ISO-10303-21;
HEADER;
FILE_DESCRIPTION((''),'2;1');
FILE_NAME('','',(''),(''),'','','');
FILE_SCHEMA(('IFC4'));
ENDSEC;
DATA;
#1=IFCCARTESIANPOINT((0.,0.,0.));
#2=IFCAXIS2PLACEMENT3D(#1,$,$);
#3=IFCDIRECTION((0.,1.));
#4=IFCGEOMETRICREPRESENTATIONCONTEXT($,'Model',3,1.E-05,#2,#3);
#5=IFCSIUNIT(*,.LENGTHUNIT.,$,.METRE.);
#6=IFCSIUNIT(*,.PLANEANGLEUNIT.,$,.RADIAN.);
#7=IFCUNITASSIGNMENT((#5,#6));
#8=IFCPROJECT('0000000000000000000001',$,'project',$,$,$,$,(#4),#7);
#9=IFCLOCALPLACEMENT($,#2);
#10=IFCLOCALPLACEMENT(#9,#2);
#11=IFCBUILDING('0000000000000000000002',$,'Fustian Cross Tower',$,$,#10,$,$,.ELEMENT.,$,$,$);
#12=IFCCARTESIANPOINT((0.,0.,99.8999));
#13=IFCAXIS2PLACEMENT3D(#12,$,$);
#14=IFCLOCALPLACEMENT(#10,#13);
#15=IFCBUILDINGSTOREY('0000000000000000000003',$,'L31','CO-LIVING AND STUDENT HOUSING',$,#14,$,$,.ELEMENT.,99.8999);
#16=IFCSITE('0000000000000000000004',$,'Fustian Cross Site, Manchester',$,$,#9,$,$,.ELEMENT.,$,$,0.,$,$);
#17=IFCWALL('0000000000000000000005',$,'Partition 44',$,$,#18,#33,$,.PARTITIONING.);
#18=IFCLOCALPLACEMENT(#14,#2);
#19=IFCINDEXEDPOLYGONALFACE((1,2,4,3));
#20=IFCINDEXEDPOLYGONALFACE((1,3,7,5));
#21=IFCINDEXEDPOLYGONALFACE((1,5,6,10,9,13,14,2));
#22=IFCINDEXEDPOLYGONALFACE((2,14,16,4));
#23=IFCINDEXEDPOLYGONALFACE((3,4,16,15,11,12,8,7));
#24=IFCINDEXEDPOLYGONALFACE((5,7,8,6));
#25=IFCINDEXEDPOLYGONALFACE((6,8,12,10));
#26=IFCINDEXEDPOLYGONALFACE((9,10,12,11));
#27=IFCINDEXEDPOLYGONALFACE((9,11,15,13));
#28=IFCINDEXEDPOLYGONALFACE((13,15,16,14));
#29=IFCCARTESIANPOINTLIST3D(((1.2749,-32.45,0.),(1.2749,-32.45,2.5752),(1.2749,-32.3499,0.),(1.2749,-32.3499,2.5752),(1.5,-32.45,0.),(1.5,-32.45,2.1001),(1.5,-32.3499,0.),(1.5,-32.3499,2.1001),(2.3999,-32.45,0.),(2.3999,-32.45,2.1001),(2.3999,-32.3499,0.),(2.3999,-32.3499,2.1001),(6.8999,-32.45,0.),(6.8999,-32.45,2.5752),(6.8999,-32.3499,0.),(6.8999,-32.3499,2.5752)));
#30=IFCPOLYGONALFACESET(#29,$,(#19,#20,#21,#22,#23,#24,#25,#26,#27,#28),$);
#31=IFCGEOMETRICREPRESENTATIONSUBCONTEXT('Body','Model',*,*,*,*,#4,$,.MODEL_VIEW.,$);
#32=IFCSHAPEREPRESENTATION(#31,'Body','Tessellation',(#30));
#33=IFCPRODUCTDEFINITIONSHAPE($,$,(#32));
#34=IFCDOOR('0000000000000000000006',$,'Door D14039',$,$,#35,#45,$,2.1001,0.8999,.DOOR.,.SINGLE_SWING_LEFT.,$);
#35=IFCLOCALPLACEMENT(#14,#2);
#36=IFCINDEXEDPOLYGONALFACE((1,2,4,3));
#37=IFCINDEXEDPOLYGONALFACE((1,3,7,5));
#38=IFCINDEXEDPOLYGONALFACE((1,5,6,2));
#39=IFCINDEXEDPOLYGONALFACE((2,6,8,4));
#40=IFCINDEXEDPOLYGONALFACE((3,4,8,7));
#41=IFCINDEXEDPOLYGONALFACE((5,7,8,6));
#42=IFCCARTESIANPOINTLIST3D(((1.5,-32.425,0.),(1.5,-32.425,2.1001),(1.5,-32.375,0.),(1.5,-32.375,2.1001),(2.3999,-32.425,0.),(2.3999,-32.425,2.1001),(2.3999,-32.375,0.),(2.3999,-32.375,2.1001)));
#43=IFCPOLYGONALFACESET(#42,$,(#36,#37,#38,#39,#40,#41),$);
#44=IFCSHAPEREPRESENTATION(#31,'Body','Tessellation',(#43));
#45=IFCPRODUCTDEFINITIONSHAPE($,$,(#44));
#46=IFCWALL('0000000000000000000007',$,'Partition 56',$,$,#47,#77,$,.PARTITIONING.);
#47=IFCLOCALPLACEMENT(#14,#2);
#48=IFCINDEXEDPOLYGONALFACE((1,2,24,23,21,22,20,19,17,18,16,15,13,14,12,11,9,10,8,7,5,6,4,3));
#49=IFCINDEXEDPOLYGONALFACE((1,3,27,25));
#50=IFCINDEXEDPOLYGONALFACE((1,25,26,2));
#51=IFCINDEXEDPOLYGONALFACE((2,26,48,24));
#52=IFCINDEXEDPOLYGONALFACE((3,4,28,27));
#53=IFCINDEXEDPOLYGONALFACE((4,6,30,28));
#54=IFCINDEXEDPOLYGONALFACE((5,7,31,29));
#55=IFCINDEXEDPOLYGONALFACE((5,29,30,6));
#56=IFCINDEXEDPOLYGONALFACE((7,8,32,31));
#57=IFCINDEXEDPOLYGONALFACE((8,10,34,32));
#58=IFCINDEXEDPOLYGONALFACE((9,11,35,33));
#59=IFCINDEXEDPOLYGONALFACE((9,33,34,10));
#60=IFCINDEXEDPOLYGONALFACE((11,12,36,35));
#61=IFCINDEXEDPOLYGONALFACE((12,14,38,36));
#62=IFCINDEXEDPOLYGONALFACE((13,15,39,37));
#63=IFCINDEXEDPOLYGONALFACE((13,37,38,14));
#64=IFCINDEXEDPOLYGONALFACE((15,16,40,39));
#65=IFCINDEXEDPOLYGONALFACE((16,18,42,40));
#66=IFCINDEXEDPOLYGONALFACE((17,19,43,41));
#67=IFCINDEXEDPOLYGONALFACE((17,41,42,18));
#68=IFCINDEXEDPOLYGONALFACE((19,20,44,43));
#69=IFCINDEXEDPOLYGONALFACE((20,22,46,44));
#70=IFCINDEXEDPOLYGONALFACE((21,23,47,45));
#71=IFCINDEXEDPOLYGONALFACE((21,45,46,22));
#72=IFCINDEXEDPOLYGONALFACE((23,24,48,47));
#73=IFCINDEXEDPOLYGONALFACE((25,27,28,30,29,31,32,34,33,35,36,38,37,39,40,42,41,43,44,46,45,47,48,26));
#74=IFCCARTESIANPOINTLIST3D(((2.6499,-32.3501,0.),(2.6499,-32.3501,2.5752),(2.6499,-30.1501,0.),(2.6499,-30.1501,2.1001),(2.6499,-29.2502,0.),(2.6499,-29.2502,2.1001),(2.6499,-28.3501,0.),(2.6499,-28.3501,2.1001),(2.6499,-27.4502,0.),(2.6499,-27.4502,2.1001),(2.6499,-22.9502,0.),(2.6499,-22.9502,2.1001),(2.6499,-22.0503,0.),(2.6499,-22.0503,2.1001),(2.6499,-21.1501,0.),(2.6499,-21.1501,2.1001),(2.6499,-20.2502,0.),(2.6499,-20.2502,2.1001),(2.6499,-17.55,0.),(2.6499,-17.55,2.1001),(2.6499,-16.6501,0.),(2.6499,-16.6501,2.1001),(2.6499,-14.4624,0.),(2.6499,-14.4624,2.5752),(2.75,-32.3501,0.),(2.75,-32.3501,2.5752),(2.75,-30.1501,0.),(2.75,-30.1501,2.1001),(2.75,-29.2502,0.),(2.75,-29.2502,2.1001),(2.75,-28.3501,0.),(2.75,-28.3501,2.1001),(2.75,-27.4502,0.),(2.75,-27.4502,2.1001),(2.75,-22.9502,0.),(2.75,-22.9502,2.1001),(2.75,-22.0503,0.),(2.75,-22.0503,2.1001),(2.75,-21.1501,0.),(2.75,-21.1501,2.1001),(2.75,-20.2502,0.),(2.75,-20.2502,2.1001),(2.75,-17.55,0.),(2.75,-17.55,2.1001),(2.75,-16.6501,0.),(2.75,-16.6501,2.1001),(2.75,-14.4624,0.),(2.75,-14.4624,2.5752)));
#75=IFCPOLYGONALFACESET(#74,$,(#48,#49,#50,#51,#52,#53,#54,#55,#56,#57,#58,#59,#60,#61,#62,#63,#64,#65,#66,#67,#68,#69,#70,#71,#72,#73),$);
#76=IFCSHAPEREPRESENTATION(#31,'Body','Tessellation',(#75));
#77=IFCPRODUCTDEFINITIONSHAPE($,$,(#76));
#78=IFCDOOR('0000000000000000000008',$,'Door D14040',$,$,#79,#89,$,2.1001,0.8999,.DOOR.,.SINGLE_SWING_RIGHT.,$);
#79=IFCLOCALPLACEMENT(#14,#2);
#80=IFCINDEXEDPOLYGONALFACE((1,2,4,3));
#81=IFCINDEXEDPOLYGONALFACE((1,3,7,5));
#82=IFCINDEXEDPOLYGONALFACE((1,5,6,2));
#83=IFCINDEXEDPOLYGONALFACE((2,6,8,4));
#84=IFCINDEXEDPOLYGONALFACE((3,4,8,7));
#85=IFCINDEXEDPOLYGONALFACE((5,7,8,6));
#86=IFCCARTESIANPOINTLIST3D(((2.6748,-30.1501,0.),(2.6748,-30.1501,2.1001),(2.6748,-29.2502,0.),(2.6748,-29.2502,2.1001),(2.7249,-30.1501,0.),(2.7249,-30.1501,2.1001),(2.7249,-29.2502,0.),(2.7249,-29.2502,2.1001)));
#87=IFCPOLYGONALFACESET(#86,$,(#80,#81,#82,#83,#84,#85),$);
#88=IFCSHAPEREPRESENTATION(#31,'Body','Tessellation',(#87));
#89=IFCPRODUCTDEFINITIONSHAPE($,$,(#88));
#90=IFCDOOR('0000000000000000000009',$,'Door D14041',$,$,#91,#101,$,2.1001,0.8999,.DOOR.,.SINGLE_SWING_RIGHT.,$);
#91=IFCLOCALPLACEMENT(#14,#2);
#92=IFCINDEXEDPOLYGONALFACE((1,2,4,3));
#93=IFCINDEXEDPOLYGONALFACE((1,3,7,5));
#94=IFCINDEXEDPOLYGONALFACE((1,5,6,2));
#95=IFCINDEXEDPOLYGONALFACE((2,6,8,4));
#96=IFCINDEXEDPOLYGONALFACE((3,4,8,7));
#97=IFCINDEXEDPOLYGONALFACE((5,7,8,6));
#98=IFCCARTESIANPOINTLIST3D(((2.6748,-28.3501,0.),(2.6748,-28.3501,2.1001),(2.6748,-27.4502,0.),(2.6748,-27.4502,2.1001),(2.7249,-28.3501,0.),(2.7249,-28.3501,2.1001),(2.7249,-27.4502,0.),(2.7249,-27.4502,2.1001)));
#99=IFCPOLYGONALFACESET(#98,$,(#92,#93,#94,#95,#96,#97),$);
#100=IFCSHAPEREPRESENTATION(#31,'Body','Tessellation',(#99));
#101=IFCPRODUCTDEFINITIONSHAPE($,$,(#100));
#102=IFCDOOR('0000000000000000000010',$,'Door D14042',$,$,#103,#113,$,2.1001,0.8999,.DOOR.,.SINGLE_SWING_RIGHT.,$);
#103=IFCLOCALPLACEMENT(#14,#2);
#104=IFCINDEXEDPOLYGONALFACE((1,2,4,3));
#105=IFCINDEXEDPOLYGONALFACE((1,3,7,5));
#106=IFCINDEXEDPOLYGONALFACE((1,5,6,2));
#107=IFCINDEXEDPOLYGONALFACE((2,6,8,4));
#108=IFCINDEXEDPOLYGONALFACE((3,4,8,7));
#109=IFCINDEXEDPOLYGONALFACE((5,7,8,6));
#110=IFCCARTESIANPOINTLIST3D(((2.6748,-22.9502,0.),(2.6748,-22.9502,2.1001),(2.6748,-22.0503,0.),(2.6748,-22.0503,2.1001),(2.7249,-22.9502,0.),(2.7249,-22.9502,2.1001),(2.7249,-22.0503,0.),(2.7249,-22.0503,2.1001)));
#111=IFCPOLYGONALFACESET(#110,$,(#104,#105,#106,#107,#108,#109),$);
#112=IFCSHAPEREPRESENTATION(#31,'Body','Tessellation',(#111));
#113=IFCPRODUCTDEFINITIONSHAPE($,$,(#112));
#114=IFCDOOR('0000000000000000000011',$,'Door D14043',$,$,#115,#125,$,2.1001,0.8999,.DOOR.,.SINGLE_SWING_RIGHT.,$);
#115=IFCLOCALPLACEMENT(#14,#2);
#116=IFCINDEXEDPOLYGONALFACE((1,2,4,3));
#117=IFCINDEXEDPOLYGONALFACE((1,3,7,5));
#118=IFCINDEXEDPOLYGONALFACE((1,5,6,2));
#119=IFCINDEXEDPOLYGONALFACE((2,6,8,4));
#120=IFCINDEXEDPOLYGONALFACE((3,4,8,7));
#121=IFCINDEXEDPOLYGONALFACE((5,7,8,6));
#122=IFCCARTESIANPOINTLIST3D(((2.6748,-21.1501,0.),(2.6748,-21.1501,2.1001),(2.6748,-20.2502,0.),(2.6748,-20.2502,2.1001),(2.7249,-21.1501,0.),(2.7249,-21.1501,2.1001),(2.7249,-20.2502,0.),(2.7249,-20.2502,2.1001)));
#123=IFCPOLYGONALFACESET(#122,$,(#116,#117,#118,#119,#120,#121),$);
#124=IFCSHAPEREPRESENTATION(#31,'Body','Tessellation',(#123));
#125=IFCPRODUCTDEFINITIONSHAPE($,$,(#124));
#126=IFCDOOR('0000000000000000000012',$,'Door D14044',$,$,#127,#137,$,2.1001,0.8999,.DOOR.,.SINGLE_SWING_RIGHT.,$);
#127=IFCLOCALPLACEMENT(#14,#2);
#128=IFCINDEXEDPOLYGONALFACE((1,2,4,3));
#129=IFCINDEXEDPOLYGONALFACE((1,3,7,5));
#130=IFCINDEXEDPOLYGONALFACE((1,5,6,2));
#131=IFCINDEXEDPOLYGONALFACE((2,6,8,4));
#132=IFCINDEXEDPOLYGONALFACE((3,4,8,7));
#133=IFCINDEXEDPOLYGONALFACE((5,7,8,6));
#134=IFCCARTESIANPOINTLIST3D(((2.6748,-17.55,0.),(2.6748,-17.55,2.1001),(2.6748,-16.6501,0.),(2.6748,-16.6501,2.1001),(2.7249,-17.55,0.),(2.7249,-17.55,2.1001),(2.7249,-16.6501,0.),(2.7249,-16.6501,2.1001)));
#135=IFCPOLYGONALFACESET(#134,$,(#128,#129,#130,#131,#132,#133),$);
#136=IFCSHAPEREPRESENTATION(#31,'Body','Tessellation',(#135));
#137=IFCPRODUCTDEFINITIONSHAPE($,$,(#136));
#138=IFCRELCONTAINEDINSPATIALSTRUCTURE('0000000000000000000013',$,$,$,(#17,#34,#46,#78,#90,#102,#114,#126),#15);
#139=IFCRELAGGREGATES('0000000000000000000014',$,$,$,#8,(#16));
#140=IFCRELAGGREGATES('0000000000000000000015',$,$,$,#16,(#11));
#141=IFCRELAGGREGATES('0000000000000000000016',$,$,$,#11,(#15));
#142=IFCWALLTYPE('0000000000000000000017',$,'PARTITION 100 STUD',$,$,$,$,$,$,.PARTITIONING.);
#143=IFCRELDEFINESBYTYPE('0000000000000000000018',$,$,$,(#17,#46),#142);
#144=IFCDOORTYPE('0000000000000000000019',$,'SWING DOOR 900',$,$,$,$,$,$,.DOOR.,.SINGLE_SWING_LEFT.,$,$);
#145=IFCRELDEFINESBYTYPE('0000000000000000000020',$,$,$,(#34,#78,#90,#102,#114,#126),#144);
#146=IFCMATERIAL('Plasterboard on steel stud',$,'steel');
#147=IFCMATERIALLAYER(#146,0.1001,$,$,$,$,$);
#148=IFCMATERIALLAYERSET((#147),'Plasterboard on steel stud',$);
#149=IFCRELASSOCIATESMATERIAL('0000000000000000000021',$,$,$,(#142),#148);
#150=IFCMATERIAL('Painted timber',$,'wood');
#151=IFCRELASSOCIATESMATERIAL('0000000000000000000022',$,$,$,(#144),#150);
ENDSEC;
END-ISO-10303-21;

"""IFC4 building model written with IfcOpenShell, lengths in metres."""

from ifc_helpers import new_model, si_unit, direction, frame, frame_2d, origin, place, context, subcontext, project, spatial, rectangle, extrude, material, layer, layer_set, type_object, element, fill, save


model = new_model("IFC4")

# Units and contexts
model_context = context("Model", 3, precision=1e-05, world=origin(), true_north=direction((0.0, 1.0)))
body_context = subcontext(model_context, "Body", "Model", "MODEL_VIEW")
ifc_project = project(units=[si_unit("LENGTHUNIT", "METRE"), si_unit("PLANEANGLEUNIT", "RADIAN")], contexts=[model_context])

# Site, building, storey
site_placement = place(None, origin())
site = spatial("IfcSite", under=ifc_project, at=site_placement, Name="Fustian Cross Site, Manchester", CompositionType="ELEMENT", RefElevation=0.0)
building_placement = place(site_placement, origin())
building = spatial("IfcBuilding", under=site, at=building_placement, Name="Fustian Cross Tower", CompositionType="ELEMENT")
storey_placement = place(building_placement, frame((0.0, 0.0, 99.8999)))
storey = spatial("IfcBuildingStorey", under=building, at=storey_placement, Name="L31", Description="CO-LIVING AND STUDENT HOUSING", CompositionType="ELEMENT", Elevation=99.8999)

# Wall, opening, door
ifc_material_1 = material(Name="Plasterboard on steel stud", Category="steel")
ifc_layer = layer(ifc_material_1, 0.1001)
ifc_layer_set = layer_set([ifc_layer], Name="Plasterboard on steel stud")
wall_type = type_object("IfcWallType", Name="PARTITION 100 STUD", PredefinedType="PARTITIONING", material=ifc_layer_set)
wall_1_placement = place(storey_placement, frame((1.2749, -32.3999, 0.0), z_axis=(0.0, 0.0, 1.0), x_axis=(1.0, 0.0, 0.0)))
wall_1 = element("IfcWall", 1, at=wall_1_placement, inside=storey, type_object=wall_type, Name="Partition 44", PredefinedType="PARTITIONING", context=body_context, shape_type="SweptSolid", body=[
    extrude(rectangle(XDim=5.625, YDim=0.1001, at=frame_2d((2.8125, 0.0))), origin(), (0.0, 0.0, 1.0), 2.5752),
])
opening_1_placement = place(wall_1_placement, frame((0.2251, 0.0, 0.0)))
opening_1 = element("IfcOpeningElement", 2, at=opening_1_placement, cuts=wall_1, PredefinedType="OPENING", context=body_context, shape_type="SweptSolid", body=[
    extrude(rectangle(XDim=0.8999, YDim=2.1001, at=frame_2d((0.45, 1.05))), frame((0.0, 0.0601, 0.0), z_axis=(0.0, -1.0, 0.0), x_axis=(1.0, 0.0, 0.0)), (0.0, 0.0, 1.0), 0.1201),
])
ifc_material_2 = material(Name="Painted timber", Category="wood")
door_type_1 = type_object("IfcDoorType", Name="SWING DOOR 900", OperationType="SINGLE_SWING_LEFT", PredefinedType="DOOR", material=ifc_material_2)
door_1_placement = place(opening_1_placement, origin())
door_1 = element("IfcDoor", 3, at=door_1_placement, inside=storey, type_object=door_type_1, Name="Door D14039", OperationType="SINGLE_SWING_LEFT", OverallHeight=2.1001, OverallWidth=0.8999, PredefinedType="DOOR", context=body_context, shape_type="SweptSolid", body=[
    extrude(rectangle(XDim=0.8999, YDim=2.1001, at=frame_2d((0.45, 1.05))), frame((0.0, 0.0249, 0.0), z_axis=(0.0, -1.0, 0.0), x_axis=(1.0, 0.0, 0.0)), (0.0, 0.0, 1.0), 0.05),
])
fill(opening_1, door_1)

# Wall, openings, doors
wall_2_placement = place(storey_placement, frame((2.7, -32.3501, 0.0), z_axis=(0.0, 0.0, 1.0), x_axis=(0.0, 1.0, 0.0)))
wall_2 = element("IfcWall", 4, at=wall_2_placement, inside=storey, type_object=wall_type, Name="Partition 56", PredefinedType="PARTITIONING", context=body_context, shape_type="SweptSolid", body=[
    extrude(rectangle(XDim=17.8877, YDim=0.1001, at=frame_2d((8.9438, 0.0))), origin(), (0.0, 0.0, 1.0), 2.5752),
])
opening_2_placement = place(wall_2_placement, frame((2.2, 0.0, 0.0)))
opening_2 = element("IfcOpeningElement", 5, at=opening_2_placement, cuts=wall_2, PredefinedType="OPENING", context=body_context, shape_type="SweptSolid", body=[
    extrude(rectangle(XDim=0.8999, YDim=2.1001, at=frame_2d((0.45, 1.05))), frame((0.0, 0.0601, 0.0), z_axis=(0.0, -1.0, 0.0), x_axis=(1.0, 0.0, 0.0)), (0.0, 0.0, 1.0), 0.1201),
])
opening_3_placement = place(wall_2_placement, frame((4.0, 0.0, 0.0)))
opening_3 = element("IfcOpeningElement", 6, at=opening_3_placement, cuts=wall_2, PredefinedType="OPENING", context=body_context, shape_type="SweptSolid", body=[
    extrude(rectangle(XDim=0.8999, YDim=2.1001, at=frame_2d((0.45, 1.05))), frame((0.0, 0.0601, 0.0), z_axis=(0.0, -1.0, 0.0), x_axis=(1.0, 0.0, 0.0)), (0.0, 0.0, 1.0), 0.1201),
])
opening_4_placement = place(wall_2_placement, frame((9.3999, 0.0, 0.0)))
opening_4 = element("IfcOpeningElement", 7, at=opening_4_placement, cuts=wall_2, PredefinedType="OPENING", context=body_context, shape_type="SweptSolid", body=[
    extrude(rectangle(XDim=0.8999, YDim=2.1001, at=frame_2d((0.45, 1.05))), frame((0.0, 0.0601, 0.0), z_axis=(0.0, -1.0, 0.0), x_axis=(1.0, 0.0, 0.0)), (0.0, 0.0, 1.0), 0.1201),
])
opening_5_placement = place(wall_2_placement, frame((11.2, 0.0, 0.0)))
opening_5 = element("IfcOpeningElement", 8, at=opening_5_placement, cuts=wall_2, PredefinedType="OPENING", context=body_context, shape_type="SweptSolid", body=[
    extrude(rectangle(XDim=0.8999, YDim=2.1001, at=frame_2d((0.45, 1.05))), frame((0.0, 0.0601, 0.0), z_axis=(0.0, -1.0, 0.0), x_axis=(1.0, 0.0, 0.0)), (0.0, 0.0, 1.0), 0.1201),
])
opening_6_placement = place(wall_2_placement, frame((14.8, 0.0, 0.0)))
opening_6 = element("IfcOpeningElement", 9, at=opening_6_placement, cuts=wall_2, PredefinedType="OPENING", context=body_context, shape_type="SweptSolid", body=[
    extrude(rectangle(XDim=0.8999, YDim=2.1001, at=frame_2d((0.45, 1.05))), frame((0.0, 0.0601, 0.0), z_axis=(0.0, -1.0, 0.0), x_axis=(1.0, 0.0, 0.0)), (0.0, 0.0, 1.0), 0.1201),
])
door_2_placement = place(opening_2_placement, frame((0.8999, 0.0, 0.0), z_axis=(0.0, 0.0, 1.0), x_axis=(-1.0, 0.0, 0.0)))
door_2 = element("IfcDoor", 10, at=door_2_placement, inside=storey, type_object=door_type_1, Name="Door D14040", OperationType="SINGLE_SWING_RIGHT", OverallHeight=2.1001, OverallWidth=0.8999, PredefinedType="DOOR", context=body_context, shape_type="SweptSolid", body=[
    extrude(rectangle(XDim=0.8999, YDim=2.1001, at=frame_2d((0.45, 1.05))), frame((0.0, 0.0249, 0.0), z_axis=(0.0, -1.0, 0.0), x_axis=(1.0, 0.0, 0.0)), (0.0, 0.0, 1.0), 0.05),
])
fill(opening_2, door_2)
door_3_placement = place(opening_3_placement, frame((0.8999, 0.0, 0.0), z_axis=(0.0, 0.0, 1.0), x_axis=(-1.0, 0.0, 0.0)))
door_3 = element("IfcDoor", 11, at=door_3_placement, inside=storey, type_object=door_type_1, Name="Door D14041", OperationType="SINGLE_SWING_RIGHT", OverallHeight=2.1001, OverallWidth=0.8999, PredefinedType="DOOR", context=body_context, shape_type="SweptSolid", body=[
    extrude(rectangle(XDim=0.8999, YDim=2.1001, at=frame_2d((0.45, 1.05))), frame((0.0, 0.0249, 0.0), z_axis=(0.0, -1.0, 0.0), x_axis=(1.0, 0.0, 0.0)), (0.0, 0.0, 1.0), 0.05),
])
fill(opening_3, door_3)
door_4_placement = place(opening_4_placement, frame((0.8999, 0.0, 0.0), z_axis=(0.0, 0.0, 1.0), x_axis=(-1.0, 0.0, 0.0)))
door_4 = element("IfcDoor", 12, at=door_4_placement, inside=storey, type_object=door_type_1, Name="Door D14042", OperationType="SINGLE_SWING_RIGHT", OverallHeight=2.1001, OverallWidth=0.8999, PredefinedType="DOOR", context=body_context, shape_type="SweptSolid", body=[
    extrude(rectangle(XDim=0.8999, YDim=2.1001, at=frame_2d((0.45, 1.05))), frame((0.0, 0.0249, 0.0), z_axis=(0.0, -1.0, 0.0), x_axis=(1.0, 0.0, 0.0)), (0.0, 0.0, 1.0), 0.05),
])
fill(opening_4, door_4)
door_5_placement = place(opening_5_placement, frame((0.8999, 0.0, 0.0), z_axis=(0.0, 0.0, 1.0), x_axis=(-1.0, 0.0, 0.0)))
door_5 = element("IfcDoor", 13, at=door_5_placement, inside=storey, type_object=door_type_1, Name="Door D14043", OperationType="SINGLE_SWING_RIGHT", OverallHeight=2.1001, OverallWidth=0.8999, PredefinedType="DOOR", context=body_context, shape_type="SweptSolid", body=[
    extrude(rectangle(XDim=0.8999, YDim=2.1001, at=frame_2d((0.45, 1.05))), frame((0.0, 0.0249, 0.0), z_axis=(0.0, -1.0, 0.0), x_axis=(1.0, 0.0, 0.0)), (0.0, 0.0, 1.0), 0.05),
])
fill(opening_5, door_5)
door_6_placement = place(opening_6_placement, frame((0.8999, 0.0, 0.0), z_axis=(0.0, 0.0, 1.0), x_axis=(-1.0, 0.0, 0.0)))
door_6 = element("IfcDoor", 14, at=door_6_placement, inside=storey, type_object=door_type_1, Name="Door D14044", OperationType="SINGLE_SWING_RIGHT", OverallHeight=2.1001, OverallWidth=0.8999, PredefinedType="DOOR", context=body_context, shape_type="SweptSolid", body=[
    extrude(rectangle(XDim=0.8999, YDim=2.1001, at=frame_2d((0.45, 1.05))), frame((0.0, 0.0249, 0.0), z_axis=(0.0, -1.0, 0.0), x_axis=(1.0, 0.0, 0.0)), (0.0, 0.0, 1.0), 0.05),
])
fill(opening_6, door_6)

save(model, "model.ifc")
